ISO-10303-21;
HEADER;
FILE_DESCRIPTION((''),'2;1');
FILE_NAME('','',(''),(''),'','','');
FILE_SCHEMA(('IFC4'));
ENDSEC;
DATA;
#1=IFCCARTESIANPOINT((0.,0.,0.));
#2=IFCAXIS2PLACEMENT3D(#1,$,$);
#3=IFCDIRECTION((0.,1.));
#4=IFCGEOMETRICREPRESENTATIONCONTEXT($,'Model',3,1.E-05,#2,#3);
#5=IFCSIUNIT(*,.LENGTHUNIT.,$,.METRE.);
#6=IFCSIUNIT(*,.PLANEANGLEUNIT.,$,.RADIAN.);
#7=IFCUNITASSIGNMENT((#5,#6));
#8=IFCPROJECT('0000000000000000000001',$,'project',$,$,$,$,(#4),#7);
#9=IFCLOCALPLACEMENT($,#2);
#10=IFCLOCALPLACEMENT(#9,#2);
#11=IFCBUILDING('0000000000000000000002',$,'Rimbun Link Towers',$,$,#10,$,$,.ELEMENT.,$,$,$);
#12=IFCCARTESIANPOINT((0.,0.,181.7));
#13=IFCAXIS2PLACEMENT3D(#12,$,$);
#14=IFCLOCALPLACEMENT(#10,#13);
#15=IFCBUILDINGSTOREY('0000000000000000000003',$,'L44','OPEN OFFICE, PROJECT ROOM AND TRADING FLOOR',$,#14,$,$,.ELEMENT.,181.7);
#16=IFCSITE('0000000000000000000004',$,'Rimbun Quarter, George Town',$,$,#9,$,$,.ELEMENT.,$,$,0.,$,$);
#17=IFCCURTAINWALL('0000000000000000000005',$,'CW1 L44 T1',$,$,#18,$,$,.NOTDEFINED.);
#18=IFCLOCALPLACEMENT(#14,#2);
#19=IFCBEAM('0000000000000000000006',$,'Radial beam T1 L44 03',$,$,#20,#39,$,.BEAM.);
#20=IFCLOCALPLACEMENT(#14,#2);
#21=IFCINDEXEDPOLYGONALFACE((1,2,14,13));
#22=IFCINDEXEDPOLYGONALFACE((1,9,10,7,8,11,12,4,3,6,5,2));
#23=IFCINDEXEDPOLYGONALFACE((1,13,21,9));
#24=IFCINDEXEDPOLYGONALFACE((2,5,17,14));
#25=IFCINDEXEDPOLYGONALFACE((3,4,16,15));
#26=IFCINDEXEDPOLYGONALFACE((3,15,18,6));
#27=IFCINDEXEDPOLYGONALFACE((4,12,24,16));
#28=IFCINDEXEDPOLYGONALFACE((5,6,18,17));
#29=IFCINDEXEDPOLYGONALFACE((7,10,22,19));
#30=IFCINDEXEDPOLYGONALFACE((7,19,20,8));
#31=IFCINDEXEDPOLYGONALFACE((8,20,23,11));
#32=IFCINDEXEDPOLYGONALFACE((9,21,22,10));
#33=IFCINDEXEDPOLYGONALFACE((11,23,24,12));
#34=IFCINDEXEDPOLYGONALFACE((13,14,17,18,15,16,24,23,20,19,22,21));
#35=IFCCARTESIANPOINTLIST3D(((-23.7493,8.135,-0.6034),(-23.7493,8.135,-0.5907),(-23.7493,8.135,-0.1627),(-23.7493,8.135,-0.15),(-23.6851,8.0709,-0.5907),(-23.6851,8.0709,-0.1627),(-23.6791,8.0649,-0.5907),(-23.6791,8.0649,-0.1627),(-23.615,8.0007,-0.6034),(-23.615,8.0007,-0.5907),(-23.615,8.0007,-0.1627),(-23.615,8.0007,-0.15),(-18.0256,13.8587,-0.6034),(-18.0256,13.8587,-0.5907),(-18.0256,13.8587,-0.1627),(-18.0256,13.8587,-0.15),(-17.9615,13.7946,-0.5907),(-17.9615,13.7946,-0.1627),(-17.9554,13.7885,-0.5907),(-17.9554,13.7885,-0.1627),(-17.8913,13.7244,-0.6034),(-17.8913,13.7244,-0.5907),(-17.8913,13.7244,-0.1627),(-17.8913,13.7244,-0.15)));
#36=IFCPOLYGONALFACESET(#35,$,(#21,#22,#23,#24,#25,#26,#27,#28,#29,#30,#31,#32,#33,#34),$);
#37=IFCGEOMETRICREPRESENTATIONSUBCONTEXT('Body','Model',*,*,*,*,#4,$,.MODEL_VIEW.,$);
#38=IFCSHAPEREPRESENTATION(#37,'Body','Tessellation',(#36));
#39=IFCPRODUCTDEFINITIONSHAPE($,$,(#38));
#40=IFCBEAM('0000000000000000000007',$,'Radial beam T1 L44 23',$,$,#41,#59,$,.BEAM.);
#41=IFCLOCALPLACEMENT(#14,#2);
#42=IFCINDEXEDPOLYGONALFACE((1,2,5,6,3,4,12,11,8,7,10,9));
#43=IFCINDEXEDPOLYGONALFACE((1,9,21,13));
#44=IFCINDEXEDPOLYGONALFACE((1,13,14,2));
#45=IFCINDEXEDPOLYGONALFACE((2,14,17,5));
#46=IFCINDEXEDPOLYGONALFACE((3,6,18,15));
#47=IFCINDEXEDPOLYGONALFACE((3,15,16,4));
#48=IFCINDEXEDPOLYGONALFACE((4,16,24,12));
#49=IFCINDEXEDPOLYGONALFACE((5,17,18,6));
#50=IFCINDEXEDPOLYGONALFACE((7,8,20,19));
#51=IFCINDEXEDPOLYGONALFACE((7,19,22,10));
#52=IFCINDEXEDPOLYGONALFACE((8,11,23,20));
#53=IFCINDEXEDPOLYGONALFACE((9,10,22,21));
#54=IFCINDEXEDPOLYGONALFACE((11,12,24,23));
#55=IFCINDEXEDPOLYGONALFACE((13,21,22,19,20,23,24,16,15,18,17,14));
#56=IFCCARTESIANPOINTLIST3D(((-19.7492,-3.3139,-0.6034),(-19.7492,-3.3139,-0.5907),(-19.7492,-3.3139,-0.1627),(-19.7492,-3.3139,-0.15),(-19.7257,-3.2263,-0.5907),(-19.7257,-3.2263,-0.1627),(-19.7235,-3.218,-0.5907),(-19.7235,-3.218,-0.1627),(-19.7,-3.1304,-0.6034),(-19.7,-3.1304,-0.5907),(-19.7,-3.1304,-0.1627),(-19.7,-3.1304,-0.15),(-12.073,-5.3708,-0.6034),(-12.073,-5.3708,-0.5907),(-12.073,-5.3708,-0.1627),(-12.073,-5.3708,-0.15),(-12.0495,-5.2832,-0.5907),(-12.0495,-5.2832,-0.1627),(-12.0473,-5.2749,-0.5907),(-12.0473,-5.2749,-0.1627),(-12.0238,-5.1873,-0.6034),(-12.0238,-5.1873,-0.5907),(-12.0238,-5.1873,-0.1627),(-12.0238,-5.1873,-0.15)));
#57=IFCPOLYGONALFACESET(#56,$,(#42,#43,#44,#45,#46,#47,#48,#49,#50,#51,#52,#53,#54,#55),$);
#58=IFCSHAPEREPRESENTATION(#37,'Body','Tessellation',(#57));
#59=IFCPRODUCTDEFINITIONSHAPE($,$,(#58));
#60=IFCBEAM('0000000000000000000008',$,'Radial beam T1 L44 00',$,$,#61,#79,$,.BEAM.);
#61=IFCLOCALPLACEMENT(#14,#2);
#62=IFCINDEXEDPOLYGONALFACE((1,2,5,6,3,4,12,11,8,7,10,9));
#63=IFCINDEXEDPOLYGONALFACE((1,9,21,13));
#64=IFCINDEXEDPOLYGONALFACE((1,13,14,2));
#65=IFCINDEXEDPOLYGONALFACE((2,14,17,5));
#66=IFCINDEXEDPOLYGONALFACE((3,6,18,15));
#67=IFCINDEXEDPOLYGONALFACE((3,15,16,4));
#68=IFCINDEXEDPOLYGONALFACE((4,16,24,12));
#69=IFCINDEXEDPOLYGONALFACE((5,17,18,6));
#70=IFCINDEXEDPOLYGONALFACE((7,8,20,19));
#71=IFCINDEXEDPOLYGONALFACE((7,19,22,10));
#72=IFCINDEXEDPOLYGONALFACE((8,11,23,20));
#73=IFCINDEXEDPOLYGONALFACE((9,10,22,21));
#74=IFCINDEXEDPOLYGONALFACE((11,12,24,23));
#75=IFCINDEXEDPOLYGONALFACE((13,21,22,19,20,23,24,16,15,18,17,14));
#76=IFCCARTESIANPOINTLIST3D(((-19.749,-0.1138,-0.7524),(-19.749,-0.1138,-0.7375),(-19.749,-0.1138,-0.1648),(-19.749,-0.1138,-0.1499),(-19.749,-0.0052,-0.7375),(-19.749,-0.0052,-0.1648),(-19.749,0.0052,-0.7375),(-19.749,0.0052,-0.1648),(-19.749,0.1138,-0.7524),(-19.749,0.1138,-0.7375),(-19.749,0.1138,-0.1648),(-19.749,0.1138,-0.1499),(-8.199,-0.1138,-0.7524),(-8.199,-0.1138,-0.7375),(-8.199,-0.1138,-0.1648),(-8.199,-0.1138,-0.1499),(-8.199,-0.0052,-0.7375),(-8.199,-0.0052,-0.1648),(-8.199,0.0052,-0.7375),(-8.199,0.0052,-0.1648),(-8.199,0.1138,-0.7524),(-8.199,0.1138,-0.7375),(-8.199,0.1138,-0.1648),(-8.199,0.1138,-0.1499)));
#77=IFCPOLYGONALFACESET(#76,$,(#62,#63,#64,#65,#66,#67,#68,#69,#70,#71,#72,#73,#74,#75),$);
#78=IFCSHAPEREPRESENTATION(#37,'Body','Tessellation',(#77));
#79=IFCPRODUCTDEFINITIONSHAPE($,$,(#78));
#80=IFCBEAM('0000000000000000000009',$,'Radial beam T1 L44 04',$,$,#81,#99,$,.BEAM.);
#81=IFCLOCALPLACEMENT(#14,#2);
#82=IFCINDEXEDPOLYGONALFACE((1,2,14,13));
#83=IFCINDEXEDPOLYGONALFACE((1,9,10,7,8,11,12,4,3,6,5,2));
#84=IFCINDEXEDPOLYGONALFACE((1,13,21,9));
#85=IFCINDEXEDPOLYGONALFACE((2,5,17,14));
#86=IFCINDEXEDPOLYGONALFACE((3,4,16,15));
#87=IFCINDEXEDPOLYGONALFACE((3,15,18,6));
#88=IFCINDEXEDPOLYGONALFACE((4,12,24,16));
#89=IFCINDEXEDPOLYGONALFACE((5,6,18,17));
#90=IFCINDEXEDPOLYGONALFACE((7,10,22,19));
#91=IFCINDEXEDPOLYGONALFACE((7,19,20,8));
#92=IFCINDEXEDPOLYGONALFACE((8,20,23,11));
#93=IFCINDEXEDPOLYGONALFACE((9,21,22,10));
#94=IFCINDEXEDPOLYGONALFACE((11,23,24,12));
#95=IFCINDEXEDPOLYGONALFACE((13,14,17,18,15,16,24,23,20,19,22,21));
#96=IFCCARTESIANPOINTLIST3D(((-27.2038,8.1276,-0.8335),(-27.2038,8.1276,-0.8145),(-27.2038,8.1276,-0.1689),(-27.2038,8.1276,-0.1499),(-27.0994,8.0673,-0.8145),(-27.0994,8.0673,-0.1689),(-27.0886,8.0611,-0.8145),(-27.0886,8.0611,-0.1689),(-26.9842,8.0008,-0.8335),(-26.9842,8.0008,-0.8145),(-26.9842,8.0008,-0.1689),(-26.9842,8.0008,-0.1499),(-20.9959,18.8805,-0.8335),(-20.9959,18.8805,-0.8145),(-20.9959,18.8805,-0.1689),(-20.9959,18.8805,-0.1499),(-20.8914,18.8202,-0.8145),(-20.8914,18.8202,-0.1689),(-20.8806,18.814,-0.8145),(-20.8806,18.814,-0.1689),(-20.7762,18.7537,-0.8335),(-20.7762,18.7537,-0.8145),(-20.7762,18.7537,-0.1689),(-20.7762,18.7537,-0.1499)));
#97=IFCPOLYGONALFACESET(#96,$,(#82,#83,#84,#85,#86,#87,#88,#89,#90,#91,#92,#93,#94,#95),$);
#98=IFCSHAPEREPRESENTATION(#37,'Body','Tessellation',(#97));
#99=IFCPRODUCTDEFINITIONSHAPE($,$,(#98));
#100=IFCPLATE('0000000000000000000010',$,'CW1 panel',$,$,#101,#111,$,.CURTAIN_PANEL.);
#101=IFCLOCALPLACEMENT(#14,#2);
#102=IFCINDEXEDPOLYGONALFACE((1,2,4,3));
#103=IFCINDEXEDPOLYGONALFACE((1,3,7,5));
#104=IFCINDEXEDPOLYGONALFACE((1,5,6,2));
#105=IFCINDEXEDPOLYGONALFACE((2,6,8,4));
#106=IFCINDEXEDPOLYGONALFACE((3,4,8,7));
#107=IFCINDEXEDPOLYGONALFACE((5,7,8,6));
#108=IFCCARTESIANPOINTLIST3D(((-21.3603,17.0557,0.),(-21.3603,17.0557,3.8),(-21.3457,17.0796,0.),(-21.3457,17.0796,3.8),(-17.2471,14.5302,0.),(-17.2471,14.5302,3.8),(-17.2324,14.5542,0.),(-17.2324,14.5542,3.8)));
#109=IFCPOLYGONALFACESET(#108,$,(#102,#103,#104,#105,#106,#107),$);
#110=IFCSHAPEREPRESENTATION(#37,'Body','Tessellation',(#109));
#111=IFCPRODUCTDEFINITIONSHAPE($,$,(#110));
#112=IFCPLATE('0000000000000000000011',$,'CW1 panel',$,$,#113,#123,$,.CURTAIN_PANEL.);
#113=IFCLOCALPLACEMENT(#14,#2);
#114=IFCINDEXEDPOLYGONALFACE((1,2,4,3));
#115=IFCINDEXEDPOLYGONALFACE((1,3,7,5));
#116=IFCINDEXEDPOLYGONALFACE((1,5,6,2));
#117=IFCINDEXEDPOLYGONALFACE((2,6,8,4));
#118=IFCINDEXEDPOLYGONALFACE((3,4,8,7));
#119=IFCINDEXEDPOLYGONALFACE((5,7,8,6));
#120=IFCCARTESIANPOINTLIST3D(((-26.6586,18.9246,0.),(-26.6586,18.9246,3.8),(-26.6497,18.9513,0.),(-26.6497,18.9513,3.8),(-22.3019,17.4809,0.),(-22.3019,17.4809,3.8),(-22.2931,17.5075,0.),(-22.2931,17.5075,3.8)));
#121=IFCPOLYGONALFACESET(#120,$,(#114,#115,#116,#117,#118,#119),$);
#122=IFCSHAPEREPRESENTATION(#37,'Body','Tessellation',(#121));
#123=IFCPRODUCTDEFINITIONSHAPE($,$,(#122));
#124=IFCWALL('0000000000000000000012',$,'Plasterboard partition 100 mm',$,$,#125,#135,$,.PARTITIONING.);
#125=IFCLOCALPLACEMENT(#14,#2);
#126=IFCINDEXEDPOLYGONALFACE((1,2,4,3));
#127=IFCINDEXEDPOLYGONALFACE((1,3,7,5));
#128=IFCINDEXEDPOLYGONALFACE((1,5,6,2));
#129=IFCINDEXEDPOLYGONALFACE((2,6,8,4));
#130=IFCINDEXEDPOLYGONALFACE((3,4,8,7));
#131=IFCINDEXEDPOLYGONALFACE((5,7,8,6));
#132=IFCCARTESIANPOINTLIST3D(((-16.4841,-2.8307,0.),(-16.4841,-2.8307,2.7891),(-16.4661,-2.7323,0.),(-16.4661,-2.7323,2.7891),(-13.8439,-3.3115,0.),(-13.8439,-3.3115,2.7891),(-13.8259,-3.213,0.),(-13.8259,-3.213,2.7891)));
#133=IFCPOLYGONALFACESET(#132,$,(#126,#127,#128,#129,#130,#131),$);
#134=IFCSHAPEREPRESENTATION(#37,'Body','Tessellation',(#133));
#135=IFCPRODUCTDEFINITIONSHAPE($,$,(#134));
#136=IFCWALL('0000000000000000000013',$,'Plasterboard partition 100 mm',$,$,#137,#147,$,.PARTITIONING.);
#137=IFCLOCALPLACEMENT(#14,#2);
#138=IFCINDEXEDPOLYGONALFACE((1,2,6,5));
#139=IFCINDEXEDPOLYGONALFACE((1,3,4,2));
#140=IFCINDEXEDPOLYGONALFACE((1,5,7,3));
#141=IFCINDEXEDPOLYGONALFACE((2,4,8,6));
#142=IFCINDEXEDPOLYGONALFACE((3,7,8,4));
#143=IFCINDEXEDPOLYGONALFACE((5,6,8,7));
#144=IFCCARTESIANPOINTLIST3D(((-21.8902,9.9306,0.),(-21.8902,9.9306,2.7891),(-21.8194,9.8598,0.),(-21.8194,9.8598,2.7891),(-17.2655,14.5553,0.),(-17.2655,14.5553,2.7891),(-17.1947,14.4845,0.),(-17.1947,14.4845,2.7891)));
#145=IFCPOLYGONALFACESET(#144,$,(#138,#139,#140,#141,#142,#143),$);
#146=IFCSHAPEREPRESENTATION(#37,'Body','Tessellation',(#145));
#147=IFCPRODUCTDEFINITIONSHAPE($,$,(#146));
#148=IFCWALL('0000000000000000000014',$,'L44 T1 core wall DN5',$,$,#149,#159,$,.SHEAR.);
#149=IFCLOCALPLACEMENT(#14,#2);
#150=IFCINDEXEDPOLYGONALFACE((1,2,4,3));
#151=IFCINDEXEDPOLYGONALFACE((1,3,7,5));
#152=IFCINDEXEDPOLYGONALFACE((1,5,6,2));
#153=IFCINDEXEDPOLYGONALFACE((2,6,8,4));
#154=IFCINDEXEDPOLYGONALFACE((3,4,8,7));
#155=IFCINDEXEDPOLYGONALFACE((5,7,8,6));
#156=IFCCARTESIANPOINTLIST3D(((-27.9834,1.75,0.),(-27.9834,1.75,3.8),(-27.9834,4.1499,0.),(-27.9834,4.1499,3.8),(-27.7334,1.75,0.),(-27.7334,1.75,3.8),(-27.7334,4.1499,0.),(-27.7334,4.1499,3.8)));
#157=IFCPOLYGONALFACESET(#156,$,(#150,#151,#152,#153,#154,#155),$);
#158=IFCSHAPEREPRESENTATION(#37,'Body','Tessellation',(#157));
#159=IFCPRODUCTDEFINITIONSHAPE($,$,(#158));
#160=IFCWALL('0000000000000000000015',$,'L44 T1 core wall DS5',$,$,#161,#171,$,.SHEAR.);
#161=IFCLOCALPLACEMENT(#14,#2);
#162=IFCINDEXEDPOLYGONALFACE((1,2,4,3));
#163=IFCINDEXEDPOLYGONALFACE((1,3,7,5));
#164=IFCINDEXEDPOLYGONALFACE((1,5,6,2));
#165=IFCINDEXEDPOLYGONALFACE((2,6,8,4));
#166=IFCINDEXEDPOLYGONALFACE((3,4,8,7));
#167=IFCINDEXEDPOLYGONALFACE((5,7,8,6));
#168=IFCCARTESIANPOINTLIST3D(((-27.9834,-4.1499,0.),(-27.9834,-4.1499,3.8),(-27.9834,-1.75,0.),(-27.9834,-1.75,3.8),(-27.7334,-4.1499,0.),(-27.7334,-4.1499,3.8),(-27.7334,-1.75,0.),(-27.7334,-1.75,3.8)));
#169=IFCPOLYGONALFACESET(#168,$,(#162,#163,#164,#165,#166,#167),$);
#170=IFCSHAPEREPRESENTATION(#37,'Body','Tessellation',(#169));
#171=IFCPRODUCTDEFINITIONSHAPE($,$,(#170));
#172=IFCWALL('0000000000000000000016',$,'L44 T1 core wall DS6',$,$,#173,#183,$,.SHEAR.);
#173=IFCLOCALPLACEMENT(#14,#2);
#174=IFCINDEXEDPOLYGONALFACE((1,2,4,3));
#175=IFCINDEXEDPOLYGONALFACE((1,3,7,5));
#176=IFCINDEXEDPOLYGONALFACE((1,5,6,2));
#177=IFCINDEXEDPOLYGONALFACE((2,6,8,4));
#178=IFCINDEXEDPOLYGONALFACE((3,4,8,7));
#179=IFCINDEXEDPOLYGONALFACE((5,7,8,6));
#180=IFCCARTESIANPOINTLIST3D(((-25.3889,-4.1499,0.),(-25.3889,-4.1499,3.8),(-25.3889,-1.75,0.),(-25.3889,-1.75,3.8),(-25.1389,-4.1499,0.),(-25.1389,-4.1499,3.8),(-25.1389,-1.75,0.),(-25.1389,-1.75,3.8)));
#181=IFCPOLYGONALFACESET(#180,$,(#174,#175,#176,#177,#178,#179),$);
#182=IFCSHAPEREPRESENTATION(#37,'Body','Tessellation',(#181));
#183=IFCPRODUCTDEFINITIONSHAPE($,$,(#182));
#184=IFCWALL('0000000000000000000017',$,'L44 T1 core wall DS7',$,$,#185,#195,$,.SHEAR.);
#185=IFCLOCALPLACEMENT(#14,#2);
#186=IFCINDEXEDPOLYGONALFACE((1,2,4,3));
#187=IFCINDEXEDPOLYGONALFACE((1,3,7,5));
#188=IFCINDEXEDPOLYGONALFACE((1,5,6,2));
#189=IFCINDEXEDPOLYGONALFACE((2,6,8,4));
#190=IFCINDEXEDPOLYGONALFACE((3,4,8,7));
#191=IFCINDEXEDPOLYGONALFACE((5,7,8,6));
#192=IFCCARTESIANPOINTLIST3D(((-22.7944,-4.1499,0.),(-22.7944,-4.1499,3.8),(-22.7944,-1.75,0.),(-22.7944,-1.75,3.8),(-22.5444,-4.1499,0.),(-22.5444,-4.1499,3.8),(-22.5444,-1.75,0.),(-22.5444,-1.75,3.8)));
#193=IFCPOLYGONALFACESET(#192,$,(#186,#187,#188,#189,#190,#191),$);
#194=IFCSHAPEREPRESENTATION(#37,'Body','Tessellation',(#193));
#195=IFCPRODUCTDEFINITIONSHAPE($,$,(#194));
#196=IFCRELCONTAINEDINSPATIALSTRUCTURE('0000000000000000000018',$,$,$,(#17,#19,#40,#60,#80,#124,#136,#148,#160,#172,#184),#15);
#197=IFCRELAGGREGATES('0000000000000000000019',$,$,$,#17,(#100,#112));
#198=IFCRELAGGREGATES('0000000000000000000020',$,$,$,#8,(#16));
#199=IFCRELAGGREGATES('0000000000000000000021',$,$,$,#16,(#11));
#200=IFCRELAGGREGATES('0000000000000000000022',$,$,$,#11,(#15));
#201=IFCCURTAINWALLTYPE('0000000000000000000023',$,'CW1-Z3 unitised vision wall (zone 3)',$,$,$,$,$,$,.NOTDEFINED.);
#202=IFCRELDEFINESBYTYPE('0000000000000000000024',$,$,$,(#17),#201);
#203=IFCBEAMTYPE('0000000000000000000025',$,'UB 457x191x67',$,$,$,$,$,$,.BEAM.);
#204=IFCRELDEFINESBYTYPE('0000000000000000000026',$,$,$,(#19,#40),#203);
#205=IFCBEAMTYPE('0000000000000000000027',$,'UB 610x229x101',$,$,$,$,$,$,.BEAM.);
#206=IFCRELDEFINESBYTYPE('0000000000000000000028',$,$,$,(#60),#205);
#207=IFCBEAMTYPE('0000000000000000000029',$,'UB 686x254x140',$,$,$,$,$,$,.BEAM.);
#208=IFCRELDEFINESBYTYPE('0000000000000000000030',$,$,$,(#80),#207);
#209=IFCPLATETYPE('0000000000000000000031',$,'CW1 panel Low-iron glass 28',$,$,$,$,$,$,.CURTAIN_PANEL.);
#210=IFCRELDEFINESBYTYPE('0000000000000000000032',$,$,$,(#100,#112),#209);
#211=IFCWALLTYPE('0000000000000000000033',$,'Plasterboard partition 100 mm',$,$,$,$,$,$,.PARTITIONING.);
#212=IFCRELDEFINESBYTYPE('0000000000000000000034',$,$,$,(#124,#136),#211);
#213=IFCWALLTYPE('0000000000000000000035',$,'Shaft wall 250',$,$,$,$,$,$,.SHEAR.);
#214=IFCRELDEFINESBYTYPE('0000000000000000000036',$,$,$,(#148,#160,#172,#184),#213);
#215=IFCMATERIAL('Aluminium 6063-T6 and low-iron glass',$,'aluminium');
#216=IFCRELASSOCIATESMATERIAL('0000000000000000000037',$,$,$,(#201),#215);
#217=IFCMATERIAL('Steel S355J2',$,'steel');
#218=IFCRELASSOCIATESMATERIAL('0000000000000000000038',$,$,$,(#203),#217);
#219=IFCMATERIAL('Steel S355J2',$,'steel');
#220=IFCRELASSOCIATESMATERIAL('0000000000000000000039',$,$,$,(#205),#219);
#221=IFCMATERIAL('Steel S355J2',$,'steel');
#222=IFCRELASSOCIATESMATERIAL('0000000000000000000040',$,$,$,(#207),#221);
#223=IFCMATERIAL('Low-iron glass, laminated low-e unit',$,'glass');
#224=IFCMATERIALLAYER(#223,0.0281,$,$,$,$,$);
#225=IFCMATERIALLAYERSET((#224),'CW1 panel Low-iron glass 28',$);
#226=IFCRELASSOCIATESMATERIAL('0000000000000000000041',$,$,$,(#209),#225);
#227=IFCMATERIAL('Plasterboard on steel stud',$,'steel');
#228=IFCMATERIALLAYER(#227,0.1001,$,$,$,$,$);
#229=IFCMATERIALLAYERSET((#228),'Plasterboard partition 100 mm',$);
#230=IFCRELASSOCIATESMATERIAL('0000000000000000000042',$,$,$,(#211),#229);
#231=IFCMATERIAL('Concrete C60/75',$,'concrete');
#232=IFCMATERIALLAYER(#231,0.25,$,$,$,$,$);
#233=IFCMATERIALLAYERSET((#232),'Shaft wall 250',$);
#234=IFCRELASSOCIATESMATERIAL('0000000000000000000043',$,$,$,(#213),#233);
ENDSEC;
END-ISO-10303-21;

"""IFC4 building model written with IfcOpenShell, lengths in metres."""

from ifc_helpers import new_model, si_unit, direction, frame, frame_2d, origin, origin_2d, place, context, subcontext, project, spatial, rectangle, i_section, extrude, material, layer, layer_set, material_profile, profile_set, type_object, element, aggregate, save


model = new_model("IFC4")

# Units and contexts
model_context = context("Model", 3, precision=1e-05, world=origin(), true_north=direction((0.0, 1.0)))
body_context = subcontext(model_context, "Body", "Model", "MODEL_VIEW")
ifc_project = project(units=[si_unit("LENGTHUNIT", "METRE"), si_unit("PLANEANGLEUNIT", "RADIAN")], contexts=[model_context])

# Site, building, storey
site_placement = place(None, origin())
site = spatial("IfcSite", under=ifc_project, at=site_placement, Name="Rimbun Quarter, George Town", CompositionType="ELEMENT", RefElevation=0.0)
building_placement = place(site_placement, origin())
building = spatial("IfcBuilding", under=site, at=building_placement, Name="Rimbun Link Towers", CompositionType="ELEMENT")
storey_placement = place(building_placement, frame((0.0, 0.0, 181.7)))
storey = spatial("IfcBuildingStorey", under=building, at=storey_placement, Name="L44", Description="OPEN OFFICE, PROJECT ROOM AND TRADING FLOOR", CompositionType="ELEMENT", Elevation=181.7)

# Curtain wall
ifc_material_1 = material(Name="Aluminium 6063-T6 and low-iron glass", Category="aluminium")
curtain_wall_type = type_object("IfcCurtainWallType", Name="CW1-Z3 unitised vision wall (zone 3)", PredefinedType="NOTDEFINED", material=ifc_material_1)
curtain_wall_placement = place(storey_placement, origin())
curtain_wall = element("IfcCurtainWall", 1, at=curtain_wall_placement, inside=storey, type_object=curtain_wall_type, Name="CW1 L44 T1", PredefinedType="NOTDEFINED")

# Beams
ifc_material_2 = material(Name="Steel S355J2", Category="steel")
ifc_material_profile_1 = material_profile(ifc_material_2, i_section(OverallWidth=0.1899, OverallDepth=0.4534, WebThickness=0.0085, FlangeThickness=0.0127, at=origin_2d()), Name="UB 457x191x67")
ifc_profile_set_1 = profile_set([ifc_material_profile_1], Name="Steel S355J2")
beam_type_1 = type_object("IfcBeamType", Name="UB 457x191x67", PredefinedType="BEAM", material=ifc_profile_set_1)
beam_1_placement = place(storey_placement, frame((-23.6821, 8.0679, -0.3767), z_axis=(0.707107, 0.707107, 0.0), x_axis=(-0.707107, 0.707107, 0.0)))
element("IfcBeam", 2, at=beam_1_placement, inside=storey, type_object=beam_type_1, Name="Radial beam T1 L44 03", PredefinedType="BEAM", context=body_context, shape_type="SweptSolid", body=[
    extrude(i_section(OverallWidth=0.1899, OverallDepth=0.4534, WebThickness=0.0085, FlangeThickness=0.0127, at=origin_2d()), origin(), (0.0, 0.0, 1.0), 8.0945),
])
beam_2_placement = place(storey_placement, frame((-19.7246, -3.2222, -0.3767), z_axis=(0.965925, -0.258823, 0.0), x_axis=(0.258823, 0.965925, 0.0)))
element("IfcBeam", 3, at=beam_2_placement, inside=storey, type_object=beam_type_1, Name="Radial beam T1 L44 23", PredefinedType="BEAM", context=body_context, shape_type="SweptSolid", body=[
    extrude(i_section(OverallWidth=0.1899, OverallDepth=0.4534, WebThickness=0.0085, FlangeThickness=0.0127, at=origin_2d()), origin(), (0.0, 0.0, 1.0), 7.947),
])
ifc_material_3 = material(Name="Steel S355J2", Category="steel")
ifc_material_profile_2 = material_profile(ifc_material_3, i_section(OverallWidth=0.2275, OverallDepth=0.6025, WebThickness=0.0105, FlangeThickness=0.0149, at=origin_2d()), Name="UB 610x229x101")
ifc_profile_set_2 = profile_set([ifc_material_profile_2], Name="Steel S355J2")
beam_type_2 = type_object("IfcBeamType", Name="UB 610x229x101", PredefinedType="BEAM", material=ifc_profile_set_2)
beam_3_placement = place(storey_placement, frame((-19.749, 0.0, -0.4512), z_axis=(1.0, 0.0, 0.0), x_axis=(0.0, 1.0, 0.0)))
element("IfcBeam", 4, at=beam_3_placement, inside=storey, type_object=beam_type_2, Name="Radial beam T1 L44 00", PredefinedType="BEAM", context=body_context, shape_type="SweptSolid", body=[
    extrude(i_section(OverallWidth=0.2275, OverallDepth=0.6025, WebThickness=0.0105, FlangeThickness=0.0149, at=origin_2d()), origin(), (0.0, 0.0, 1.0), 11.55),
])
ifc_material_4 = material(Name="Steel S355J2", Category="steel")
ifc_material_profile_3 = material_profile(ifc_material_4, i_section(OverallWidth=0.2537, OverallDepth=0.6836, WebThickness=0.0125, FlangeThickness=0.019, at=origin_2d()), Name="UB 686x254x140")
ifc_profile_set_3 = profile_set([ifc_material_profile_3], Name="Steel S355J2")
beam_type_3 = type_object("IfcBeamType", Name="UB 686x254x140", PredefinedType="BEAM", material=ifc_profile_set_3)
beam_4_placement = place(storey_placement, frame((-27.094, 8.0642, -0.4917), z_axis=(0.499988, 0.866032, 0.0), x_axis=(-0.866032, 0.499988, 0.0)))
element("IfcBeam", 5, at=beam_4_placement, inside=storey, type_object=beam_type_3, Name="Radial beam T1 L44 04", PredefinedType="BEAM", context=body_context, shape_type="SweptSolid", body=[
    extrude(i_section(OverallWidth=0.2537, OverallDepth=0.6836, WebThickness=0.0125, FlangeThickness=0.019, at=origin_2d()), origin(), (0.0, 0.0, 1.0), 12.4163),
])

# Plates
ifc_material_5 = material(Name="Low-iron glass, laminated low-e unit", Category="glass")
ifc_layer_1 = layer(ifc_material_5, 0.0281)
ifc_layer_set_1 = layer_set([ifc_layer_1], Name="CW1 panel Low-iron glass 28")
plate_type = type_object("IfcPlateType", Name="CW1 panel Low-iron glass 28", PredefinedType="CURTAIN_PANEL", material=ifc_layer_set_1)
plate_1_placement = place(storey_placement, frame((-19.2964, 15.8049, 0.0), z_axis=(0.0, 0.0, 1.0), x_axis=(0.852189, -0.523235, 0.0)))
plate_1 = element("IfcPlate", 6, at=plate_1_placement, type_object=plate_type, Name="CW1 panel", PredefinedType="CURTAIN_PANEL", context=body_context, shape_type="SweptSolid", body=[
    extrude(rectangle(XDim=4.8267, YDim=0.0281, at=origin_2d()), origin(), (0.0, 0.0, 1.0), 3.8),
])
plate_2_placement = place(storey_placement, frame((-24.4758, 18.2161, 0.0), z_axis=(0.0, 0.0, 1.0), x_axis=(0.949236, -0.314565, 0.0)))
plate_2 = element("IfcPlate", 7, at=plate_2_placement, type_object=plate_type, Name="CW1 panel", PredefinedType="CURTAIN_PANEL", context=body_context, shape_type="SweptSolid", body=[
    extrude(rectangle(XDim=4.5896, YDim=0.0281, at=origin_2d()), origin(), (0.0, 0.0, 1.0), 3.8),
])
aggregate(curtain_wall, [plate_1, plate_2])

# Walls
ifc_material_6 = material(Name="Plasterboard on steel stud", Category="steel")
ifc_layer_2 = layer(ifc_material_6, 0.1001)
ifc_layer_set_2 = layer_set([ifc_layer_2], Name="Plasterboard partition 100 mm")
wall_type_1 = type_object("IfcWallType", Name="Plasterboard partition 100 mm", PredefinedType="PARTITIONING", material=ifc_layer_set_2)
wall_1_placement = place(storey_placement, frame((-16.4751, -2.7815, 0.0), z_axis=(0.0, 0.0, 1.0), x_axis=(0.983825, -0.179134, 0.0)))
element("IfcWall", 8, at=wall_1_placement, inside=storey, type_object=wall_type_1, Name="Plasterboard partition 100 mm", PredefinedType="PARTITIONING", context=body_context, shape_type="SweptSolid", body=[
    extrude(rectangle(XDim=2.6836, YDim=0.1001, at=frame_2d((1.3418, 0.0))), origin(), (0.0, 0.0, 1.0), 2.7891),
])
wall_2_placement = place(storey_placement, frame((-17.2302, 14.5198, 0.0), z_axis=(0.0, 0.0, 1.0), x_axis=(-0.707107, -0.707107, 0.0)))
element("IfcWall", 9, at=wall_2_placement, inside=storey, type_object=wall_type_1, Name="Plasterboard partition 100 mm", PredefinedType="PARTITIONING", context=body_context, shape_type="SweptSolid", body=[
    extrude(rectangle(XDim=6.5403, YDim=0.1001, at=frame_2d((3.27, 0.0))), origin(), (0.0, 0.0, 1.0), 2.7891),
])
ifc_material_7 = material(Name="Concrete C60/75", Category="concrete")
ifc_layer_3 = layer(ifc_material_7, 0.25)
ifc_layer_set_3 = layer_set([ifc_layer_3], Name="Shaft wall 250")
wall_type_2 = type_object("IfcWallType", Name="Shaft wall 250", PredefinedType="SHEAR", material=ifc_layer_set_3)
for number, where, z_axis, x_axis, name in (
    (10, (-27.8584, 1.75, 0.0), (0.0, 0.0, 1.0), (0.0, 1.0, 0.0), "L44 T1 core wall DN5"),
    (11, (-27.8584, -4.1499, 0.0), (0.0, 0.0, 1.0), (0.0, 1.0, 0.0), "L44 T1 core wall DS5"),
    (12, (-25.2639, -4.1499, 0.0), (0.0, 0.0, 1.0), (0.0, 1.0, 0.0), "L44 T1 core wall DS6"),
    (13, (-22.6694, -4.1499, 0.0), (0.0, 0.0, 1.0), (0.0, 1.0, 0.0), "L44 T1 core wall DS7"),
):
    element("IfcWall", number, at=place(storey_placement, frame(where, z_axis=z_axis, x_axis=x_axis)), inside=storey, type_object=wall_type_2, Name=name, PredefinedType="SHEAR", context=body_context, shape_type="SweptSolid", body=[
        extrude(rectangle(XDim=2.3999, YDim=0.25, at=frame_2d((1.2, 0.0))), origin(), (0.0, 0.0, 1.0), 3.8),
    ])

save(model, "model.ifc")
